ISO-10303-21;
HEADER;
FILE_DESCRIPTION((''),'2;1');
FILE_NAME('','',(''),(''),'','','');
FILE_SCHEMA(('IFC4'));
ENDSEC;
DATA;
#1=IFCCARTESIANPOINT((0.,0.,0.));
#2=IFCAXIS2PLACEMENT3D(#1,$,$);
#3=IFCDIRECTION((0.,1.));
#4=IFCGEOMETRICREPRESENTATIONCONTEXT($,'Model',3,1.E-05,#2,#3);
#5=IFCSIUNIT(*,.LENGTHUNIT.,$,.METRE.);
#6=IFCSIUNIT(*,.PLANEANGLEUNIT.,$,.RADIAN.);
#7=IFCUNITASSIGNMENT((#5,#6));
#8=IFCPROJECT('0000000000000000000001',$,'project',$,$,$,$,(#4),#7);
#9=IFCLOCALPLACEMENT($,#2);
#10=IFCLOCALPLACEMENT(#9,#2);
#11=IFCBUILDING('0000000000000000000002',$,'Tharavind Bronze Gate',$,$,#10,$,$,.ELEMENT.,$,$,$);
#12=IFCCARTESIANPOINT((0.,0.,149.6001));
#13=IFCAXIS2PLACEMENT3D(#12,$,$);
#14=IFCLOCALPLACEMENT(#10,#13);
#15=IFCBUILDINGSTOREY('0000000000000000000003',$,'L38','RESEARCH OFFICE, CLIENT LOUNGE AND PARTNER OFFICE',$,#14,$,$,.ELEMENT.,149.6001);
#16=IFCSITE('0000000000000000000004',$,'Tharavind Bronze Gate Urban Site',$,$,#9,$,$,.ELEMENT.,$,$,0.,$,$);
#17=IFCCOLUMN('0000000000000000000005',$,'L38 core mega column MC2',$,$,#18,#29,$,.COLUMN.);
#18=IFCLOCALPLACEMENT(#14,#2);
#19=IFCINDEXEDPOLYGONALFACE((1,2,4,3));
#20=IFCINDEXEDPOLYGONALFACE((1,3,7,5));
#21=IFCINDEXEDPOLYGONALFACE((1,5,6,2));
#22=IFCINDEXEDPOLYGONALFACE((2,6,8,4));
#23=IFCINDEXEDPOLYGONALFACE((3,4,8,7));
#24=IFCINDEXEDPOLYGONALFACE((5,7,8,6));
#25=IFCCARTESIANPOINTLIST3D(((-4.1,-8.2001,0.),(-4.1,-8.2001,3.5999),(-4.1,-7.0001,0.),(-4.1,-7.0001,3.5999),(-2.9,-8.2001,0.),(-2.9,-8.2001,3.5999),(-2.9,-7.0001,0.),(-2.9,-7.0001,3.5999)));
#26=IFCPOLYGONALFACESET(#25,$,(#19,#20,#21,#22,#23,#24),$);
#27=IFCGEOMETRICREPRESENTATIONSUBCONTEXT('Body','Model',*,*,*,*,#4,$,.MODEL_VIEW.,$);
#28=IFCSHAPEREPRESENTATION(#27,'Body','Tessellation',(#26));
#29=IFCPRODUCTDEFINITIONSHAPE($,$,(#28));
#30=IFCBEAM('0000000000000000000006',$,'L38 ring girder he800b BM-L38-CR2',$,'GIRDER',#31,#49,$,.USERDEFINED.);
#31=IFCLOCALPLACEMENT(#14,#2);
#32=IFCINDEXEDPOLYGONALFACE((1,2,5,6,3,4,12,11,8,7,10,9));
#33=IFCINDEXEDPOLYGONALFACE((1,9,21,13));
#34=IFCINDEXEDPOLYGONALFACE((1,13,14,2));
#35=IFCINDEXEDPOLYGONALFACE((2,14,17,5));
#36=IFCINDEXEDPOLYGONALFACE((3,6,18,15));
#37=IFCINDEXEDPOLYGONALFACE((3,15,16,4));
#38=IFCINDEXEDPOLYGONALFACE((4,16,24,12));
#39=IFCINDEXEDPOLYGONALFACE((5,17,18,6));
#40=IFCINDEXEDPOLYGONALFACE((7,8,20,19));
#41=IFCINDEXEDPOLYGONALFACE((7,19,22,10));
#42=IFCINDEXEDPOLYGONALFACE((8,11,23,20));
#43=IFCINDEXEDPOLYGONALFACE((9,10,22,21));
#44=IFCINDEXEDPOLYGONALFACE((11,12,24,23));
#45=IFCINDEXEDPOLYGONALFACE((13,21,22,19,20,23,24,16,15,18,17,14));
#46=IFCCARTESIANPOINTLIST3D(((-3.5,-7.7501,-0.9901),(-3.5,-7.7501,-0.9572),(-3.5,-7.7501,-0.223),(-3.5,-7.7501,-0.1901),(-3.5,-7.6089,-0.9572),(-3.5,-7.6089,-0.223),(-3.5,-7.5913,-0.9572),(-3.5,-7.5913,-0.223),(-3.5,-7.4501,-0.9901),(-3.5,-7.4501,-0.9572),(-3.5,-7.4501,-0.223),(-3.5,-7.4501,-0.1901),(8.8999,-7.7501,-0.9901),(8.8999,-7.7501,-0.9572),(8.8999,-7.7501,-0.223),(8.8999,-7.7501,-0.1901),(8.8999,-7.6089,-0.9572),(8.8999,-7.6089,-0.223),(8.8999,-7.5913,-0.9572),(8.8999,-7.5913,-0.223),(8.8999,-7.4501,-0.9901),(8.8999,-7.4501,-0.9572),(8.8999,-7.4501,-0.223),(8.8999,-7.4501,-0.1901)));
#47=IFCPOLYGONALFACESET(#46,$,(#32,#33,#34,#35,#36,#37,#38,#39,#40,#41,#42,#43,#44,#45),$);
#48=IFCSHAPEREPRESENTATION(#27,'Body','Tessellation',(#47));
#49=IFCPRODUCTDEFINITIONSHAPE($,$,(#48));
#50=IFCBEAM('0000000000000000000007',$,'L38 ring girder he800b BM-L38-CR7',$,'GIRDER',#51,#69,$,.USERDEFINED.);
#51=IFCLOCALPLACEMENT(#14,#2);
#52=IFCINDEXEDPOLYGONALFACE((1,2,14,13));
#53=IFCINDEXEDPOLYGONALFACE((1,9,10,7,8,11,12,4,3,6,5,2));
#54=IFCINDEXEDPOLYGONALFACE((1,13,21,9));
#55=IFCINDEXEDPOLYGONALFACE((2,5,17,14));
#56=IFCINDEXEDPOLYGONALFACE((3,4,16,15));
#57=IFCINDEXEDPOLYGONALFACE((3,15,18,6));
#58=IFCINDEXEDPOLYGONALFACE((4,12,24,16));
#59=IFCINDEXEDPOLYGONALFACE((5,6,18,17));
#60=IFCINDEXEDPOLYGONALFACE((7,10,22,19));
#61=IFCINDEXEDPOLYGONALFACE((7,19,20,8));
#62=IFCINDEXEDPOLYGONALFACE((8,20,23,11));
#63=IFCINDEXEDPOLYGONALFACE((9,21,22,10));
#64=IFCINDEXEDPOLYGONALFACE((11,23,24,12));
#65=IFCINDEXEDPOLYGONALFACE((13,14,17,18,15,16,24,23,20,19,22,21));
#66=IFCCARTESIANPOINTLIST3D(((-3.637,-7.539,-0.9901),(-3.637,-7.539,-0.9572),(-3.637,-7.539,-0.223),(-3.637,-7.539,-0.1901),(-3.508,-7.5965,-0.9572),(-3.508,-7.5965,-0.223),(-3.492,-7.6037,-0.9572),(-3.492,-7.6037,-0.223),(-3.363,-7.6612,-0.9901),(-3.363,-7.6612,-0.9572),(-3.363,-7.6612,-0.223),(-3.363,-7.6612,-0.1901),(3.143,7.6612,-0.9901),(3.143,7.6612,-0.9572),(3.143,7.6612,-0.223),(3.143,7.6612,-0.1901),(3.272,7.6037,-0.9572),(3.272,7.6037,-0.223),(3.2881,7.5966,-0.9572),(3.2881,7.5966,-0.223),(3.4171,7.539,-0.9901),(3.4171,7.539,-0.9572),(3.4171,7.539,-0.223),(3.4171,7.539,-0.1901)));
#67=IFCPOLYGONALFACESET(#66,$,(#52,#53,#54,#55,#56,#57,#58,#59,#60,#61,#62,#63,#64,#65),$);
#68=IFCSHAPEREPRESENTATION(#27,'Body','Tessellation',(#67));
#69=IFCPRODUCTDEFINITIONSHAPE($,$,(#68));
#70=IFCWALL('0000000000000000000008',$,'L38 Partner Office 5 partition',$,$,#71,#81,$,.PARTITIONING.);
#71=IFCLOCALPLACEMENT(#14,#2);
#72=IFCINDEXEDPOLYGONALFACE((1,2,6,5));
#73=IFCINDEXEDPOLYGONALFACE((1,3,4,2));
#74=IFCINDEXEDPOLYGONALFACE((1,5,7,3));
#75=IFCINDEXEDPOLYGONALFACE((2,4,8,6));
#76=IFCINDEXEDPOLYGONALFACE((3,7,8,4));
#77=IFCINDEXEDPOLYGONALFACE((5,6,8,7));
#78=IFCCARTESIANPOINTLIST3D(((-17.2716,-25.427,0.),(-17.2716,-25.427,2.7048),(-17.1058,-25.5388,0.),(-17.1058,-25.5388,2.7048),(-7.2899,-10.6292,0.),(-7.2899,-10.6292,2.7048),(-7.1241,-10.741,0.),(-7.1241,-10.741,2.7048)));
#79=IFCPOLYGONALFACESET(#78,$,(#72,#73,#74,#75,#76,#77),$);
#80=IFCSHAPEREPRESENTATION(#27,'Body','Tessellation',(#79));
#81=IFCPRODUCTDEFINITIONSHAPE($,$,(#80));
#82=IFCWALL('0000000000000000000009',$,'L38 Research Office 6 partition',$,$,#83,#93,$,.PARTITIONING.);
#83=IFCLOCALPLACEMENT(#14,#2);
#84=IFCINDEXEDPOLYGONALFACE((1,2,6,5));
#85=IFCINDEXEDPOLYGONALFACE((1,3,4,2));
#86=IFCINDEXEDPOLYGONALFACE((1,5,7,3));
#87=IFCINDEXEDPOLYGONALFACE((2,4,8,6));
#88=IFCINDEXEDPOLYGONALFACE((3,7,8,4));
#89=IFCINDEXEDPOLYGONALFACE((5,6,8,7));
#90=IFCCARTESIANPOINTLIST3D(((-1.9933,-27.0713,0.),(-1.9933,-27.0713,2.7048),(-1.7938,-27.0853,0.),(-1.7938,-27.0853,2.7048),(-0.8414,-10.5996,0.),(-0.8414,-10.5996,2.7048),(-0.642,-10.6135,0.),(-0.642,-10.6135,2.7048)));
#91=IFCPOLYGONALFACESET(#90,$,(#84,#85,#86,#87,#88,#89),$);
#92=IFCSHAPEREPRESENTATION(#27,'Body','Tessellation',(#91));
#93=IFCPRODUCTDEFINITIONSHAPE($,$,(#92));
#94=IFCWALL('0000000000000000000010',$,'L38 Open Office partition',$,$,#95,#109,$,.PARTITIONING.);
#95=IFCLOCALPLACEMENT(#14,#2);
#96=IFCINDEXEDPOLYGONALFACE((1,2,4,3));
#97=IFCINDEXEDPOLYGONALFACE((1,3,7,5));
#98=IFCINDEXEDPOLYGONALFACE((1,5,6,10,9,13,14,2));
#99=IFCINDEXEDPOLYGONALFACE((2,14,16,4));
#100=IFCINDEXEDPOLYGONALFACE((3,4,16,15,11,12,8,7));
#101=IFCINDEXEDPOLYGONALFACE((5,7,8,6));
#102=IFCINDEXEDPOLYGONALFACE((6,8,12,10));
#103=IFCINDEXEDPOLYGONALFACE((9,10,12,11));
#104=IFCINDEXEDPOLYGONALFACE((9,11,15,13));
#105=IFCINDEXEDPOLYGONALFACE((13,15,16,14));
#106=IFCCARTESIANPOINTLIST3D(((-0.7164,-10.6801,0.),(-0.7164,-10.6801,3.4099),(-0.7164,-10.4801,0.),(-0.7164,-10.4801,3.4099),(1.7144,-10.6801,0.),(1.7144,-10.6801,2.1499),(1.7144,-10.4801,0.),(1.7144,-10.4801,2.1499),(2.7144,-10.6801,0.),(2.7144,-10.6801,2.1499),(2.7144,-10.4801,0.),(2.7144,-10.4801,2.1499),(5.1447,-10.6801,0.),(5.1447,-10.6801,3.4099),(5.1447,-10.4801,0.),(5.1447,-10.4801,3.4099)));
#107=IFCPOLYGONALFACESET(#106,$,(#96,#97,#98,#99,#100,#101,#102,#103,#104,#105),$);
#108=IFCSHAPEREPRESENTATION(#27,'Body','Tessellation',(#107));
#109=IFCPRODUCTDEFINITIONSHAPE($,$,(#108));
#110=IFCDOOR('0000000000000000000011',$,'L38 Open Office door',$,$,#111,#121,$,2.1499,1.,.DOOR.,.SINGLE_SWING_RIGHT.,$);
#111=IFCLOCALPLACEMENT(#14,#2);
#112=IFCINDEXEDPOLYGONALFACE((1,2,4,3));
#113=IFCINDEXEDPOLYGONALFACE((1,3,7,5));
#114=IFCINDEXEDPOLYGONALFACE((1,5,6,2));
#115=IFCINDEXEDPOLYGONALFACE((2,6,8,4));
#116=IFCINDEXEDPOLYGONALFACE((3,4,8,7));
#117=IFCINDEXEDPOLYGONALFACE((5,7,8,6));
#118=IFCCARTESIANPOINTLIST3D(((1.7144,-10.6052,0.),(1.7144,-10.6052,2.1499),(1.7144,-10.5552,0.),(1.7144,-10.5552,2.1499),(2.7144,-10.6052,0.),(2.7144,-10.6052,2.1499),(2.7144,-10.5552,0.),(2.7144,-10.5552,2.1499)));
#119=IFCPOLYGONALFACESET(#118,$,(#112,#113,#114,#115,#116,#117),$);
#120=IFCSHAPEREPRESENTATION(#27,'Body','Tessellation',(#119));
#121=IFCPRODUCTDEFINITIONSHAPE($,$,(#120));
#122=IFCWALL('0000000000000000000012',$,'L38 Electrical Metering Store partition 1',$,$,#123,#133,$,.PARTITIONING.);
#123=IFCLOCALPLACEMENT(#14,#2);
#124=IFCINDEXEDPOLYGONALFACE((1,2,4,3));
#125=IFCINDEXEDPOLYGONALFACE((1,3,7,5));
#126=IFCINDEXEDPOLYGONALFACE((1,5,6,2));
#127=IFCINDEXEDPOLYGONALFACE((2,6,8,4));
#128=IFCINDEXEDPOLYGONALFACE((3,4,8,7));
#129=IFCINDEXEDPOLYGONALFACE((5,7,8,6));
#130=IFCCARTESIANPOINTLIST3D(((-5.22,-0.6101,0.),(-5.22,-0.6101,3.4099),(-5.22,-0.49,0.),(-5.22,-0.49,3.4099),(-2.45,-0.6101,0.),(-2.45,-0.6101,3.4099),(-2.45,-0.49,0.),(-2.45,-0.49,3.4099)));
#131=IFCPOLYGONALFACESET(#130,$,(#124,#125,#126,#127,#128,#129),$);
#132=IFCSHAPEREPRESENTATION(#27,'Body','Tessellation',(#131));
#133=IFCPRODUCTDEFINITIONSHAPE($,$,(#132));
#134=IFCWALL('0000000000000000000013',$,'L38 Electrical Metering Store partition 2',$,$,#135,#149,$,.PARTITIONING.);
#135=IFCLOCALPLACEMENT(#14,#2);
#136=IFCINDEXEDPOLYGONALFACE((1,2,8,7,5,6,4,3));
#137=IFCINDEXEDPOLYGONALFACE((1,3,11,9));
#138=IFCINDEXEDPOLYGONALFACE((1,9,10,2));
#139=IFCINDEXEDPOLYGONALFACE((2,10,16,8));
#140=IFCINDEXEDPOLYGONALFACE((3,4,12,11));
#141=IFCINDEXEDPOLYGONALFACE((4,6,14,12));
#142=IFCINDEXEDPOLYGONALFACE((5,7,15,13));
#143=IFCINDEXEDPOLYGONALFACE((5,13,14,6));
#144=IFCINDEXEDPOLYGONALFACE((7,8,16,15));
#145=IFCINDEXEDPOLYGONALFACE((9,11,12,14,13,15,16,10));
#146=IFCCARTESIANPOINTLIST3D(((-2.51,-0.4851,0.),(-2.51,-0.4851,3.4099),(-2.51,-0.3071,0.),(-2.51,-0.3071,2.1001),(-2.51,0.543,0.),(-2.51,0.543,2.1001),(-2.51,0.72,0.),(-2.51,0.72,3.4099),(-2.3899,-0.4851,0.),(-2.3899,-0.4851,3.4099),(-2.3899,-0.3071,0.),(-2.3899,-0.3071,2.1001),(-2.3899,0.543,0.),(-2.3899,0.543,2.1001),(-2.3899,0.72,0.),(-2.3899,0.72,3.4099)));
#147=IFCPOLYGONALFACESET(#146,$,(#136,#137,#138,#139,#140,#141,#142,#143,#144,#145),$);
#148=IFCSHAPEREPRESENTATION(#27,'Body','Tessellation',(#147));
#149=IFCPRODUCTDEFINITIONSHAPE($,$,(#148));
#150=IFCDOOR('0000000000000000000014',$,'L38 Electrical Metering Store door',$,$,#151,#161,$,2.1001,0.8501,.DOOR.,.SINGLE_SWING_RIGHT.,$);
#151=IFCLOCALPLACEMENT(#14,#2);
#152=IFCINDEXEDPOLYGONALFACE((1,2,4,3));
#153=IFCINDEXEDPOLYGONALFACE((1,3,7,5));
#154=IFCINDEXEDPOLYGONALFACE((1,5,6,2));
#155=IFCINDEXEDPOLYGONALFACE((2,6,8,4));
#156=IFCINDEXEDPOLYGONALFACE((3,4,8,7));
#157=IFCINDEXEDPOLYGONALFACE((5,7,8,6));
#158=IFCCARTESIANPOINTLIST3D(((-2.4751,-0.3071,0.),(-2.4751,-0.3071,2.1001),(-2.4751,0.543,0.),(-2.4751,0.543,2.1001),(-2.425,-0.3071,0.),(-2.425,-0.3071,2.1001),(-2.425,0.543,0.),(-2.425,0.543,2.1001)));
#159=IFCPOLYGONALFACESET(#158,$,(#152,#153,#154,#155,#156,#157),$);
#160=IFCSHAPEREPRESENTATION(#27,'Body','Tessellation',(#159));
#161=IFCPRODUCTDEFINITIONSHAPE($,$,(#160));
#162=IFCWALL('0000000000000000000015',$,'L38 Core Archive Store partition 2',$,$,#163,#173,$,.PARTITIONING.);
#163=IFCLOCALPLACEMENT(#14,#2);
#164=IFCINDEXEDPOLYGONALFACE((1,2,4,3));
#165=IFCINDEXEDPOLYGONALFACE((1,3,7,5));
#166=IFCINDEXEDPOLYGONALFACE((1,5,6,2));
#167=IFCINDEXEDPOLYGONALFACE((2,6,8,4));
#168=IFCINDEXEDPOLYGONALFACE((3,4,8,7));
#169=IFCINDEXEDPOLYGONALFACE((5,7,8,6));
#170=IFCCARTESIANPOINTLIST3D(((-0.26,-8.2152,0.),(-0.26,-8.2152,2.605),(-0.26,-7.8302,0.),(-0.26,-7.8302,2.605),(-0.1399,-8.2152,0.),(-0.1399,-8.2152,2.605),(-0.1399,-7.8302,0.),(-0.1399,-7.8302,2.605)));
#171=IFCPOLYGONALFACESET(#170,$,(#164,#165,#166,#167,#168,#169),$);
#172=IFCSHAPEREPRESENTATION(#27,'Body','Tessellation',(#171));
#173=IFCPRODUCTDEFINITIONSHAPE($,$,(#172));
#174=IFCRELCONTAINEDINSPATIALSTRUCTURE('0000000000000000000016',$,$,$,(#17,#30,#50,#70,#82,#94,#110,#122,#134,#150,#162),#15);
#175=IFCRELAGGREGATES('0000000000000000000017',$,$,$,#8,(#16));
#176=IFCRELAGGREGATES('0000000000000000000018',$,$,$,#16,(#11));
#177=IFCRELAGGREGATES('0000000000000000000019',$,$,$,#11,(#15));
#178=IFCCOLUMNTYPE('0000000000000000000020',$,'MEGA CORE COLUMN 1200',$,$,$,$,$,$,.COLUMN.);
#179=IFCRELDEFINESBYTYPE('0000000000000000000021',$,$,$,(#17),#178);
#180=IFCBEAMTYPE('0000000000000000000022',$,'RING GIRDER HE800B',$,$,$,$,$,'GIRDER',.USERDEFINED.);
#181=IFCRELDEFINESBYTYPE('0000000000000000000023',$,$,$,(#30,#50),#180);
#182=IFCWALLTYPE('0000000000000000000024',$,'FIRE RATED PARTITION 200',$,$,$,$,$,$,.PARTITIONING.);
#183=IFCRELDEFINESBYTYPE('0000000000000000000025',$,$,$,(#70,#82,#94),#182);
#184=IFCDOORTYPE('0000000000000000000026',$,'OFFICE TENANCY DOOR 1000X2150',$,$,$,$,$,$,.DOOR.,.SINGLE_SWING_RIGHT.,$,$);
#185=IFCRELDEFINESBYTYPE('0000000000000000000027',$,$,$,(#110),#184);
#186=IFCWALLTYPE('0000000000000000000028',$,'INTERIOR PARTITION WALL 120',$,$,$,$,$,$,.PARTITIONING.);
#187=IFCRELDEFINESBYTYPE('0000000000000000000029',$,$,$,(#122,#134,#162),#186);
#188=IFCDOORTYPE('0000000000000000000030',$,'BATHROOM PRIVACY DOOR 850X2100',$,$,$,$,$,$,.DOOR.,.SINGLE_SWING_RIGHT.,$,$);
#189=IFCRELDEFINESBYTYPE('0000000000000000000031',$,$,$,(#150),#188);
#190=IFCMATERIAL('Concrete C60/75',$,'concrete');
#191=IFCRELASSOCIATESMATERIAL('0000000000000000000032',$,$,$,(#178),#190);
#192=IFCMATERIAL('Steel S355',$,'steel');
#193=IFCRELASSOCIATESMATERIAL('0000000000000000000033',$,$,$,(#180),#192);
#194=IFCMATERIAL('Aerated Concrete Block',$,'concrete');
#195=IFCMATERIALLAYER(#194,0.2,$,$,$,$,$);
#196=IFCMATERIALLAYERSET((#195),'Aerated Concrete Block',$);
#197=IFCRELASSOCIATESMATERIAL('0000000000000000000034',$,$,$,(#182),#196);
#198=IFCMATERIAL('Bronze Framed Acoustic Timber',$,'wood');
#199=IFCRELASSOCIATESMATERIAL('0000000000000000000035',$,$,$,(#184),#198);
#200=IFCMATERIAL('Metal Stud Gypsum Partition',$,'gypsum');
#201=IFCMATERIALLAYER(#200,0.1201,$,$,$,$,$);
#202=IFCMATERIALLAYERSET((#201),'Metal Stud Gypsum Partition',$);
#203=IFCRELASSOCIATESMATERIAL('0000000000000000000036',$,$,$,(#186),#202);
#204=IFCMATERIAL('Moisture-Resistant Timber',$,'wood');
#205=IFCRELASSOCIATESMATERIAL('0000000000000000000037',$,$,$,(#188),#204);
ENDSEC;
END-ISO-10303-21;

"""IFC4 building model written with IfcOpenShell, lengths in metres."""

from ifc_helpers import new_model, si_unit, direction, frame, frame_2d, origin, origin_2d, place, context, subcontext, project, spatial, rectangle, i_section, extrude, material, layer, layer_set, material_profile, profile_set, type_object, element, fill, save


model = new_model("IFC4")

# Units and contexts
model_context = context("Model", 3, precision=1e-05, world=origin(), true_north=direction((0.0, 1.0)))
body_context = subcontext(model_context, "Body", "Model", "MODEL_VIEW")
ifc_project = project(units=[si_unit("LENGTHUNIT", "METRE"), si_unit("PLANEANGLEUNIT", "RADIAN")], contexts=[model_context])

# Site, building, storey
site_placement = place(None, origin())
site = spatial("IfcSite", under=ifc_project, at=site_placement, Name="Tharavind Bronze Gate Urban Site", CompositionType="ELEMENT", RefElevation=0.0)
building_placement = place(site_placement, origin())
building = spatial("IfcBuilding", under=site, at=building_placement, Name="Tharavind Bronze Gate", CompositionType="ELEMENT")
storey_placement = place(building_placement, frame((0.0, 0.0, 149.6001)))
storey = spatial("IfcBuildingStorey", under=building, at=storey_placement, Name="L38", Description="RESEARCH OFFICE, CLIENT LOUNGE AND PARTNER OFFICE", CompositionType="ELEMENT", Elevation=149.6001)

# Column
ifc_material_1 = material(Name="Concrete C60/75", Category="concrete")
ifc_material_profile_1 = material_profile(ifc_material_1, rectangle(XDim=1.2, YDim=1.2, at=origin_2d()), Name="RCCOL1200")
ifc_profile_set_1 = profile_set([ifc_material_profile_1], Name="Concrete C60/75")
column_type = type_object("IfcColumnType", Name="MEGA CORE COLUMN 1200", PredefinedType="COLUMN", material=ifc_profile_set_1)
column_placement = place(storey_placement, frame((-3.5, -7.6001, 0.0), z_axis=(0.0, 0.0, 1.0), x_axis=(1.0, 0.0, 0.0)))
element("IfcColumn", 1, at=column_placement, inside=storey, type_object=column_type, Name="L38 core mega column MC2", PredefinedType="COLUMN", context=body_context, shape_type="SweptSolid", body=[
    extrude(rectangle(XDim=1.2, YDim=1.2, at=origin_2d()), origin(), (0.0, 0.0, 1.0), 3.5999),
])

# Beams
ifc_material_2 = material(Name="Steel S355", Category="steel")
ifc_material_profile_2 = material_profile(ifc_material_2, i_section(OverallWidth=0.3, OverallDepth=0.8, WebThickness=0.0176, FlangeThickness=0.033, at=origin_2d()), Name="HE800B")
ifc_profile_set_2 = profile_set([ifc_material_profile_2], Name="Steel S355")
beam_type = type_object("IfcBeamType", Name="RING GIRDER HE800B", ElementType="GIRDER", PredefinedType="USERDEFINED", material=ifc_profile_set_2)
beam_1_placement = place(storey_placement, frame((-3.5, -7.6001, -0.5901), z_axis=(1.0, 0.0, 0.0), x_axis=(0.0, 1.0, 0.0)))
element("IfcBeam", 2, at=beam_1_placement, inside=storey, type_object=beam_type, Name="L38 ring girder he800b BM-L38-CR2", ObjectType="GIRDER", PredefinedType="USERDEFINED", context=body_context, shape_type="SweptSolid", body=[
    extrude(i_section(OverallWidth=0.3, OverallDepth=0.8, WebThickness=0.0176, FlangeThickness=0.033, at=origin_2d()), origin(), (0.0, 0.0, 1.0), 12.3999),
])
beam_2_placement = place(storey_placement, frame((-3.5, -7.6001, -0.5901), z_axis=(0.407362, 0.913267, 0.0), x_axis=(-0.913267, 0.407362, 0.0)))
element("IfcBeam", 3, at=beam_2_placement, inside=storey, type_object=beam_type, Name="L38 ring girder he800b BM-L38-CR7", ObjectType="GIRDER", PredefinedType="USERDEFINED", context=body_context, shape_type="SweptSolid", body=[
    extrude(i_section(OverallWidth=0.3, OverallDepth=0.8, WebThickness=0.0176, FlangeThickness=0.033, at=origin_2d()), origin(), (0.0, 0.0, 1.0), 16.6438),
])

# Wall
ifc_material_3 = material(Name="Aerated Concrete Block", Category="concrete")
ifc_layer_1 = layer(ifc_material_3, 0.2)
ifc_layer_set_1 = layer_set([ifc_layer_1], Name="Aerated Concrete Block")
wall_type_1 = type_object("IfcWallType", Name="FIRE RATED PARTITION 200", PredefinedType="PARTITIONING", material=ifc_layer_set_1)
wall_1_placement = place(storey_placement, frame((-7.207, -10.6851, 0.0), z_axis=(0.0, 0.0, 1.0), x_axis=(-0.559209, -0.829027, 0.0)))
element("IfcWall", 4, at=wall_1_placement, inside=storey, type_object=wall_type_1, Name="L38 Partner Office 5 partition", PredefinedType="PARTITIONING", context=body_context, shape_type="SweptSolid", body=[
    extrude(rectangle(XDim=17.8496, YDim=0.2, at=frame_2d((8.9248, 0.0))), origin(), (0.0, 0.0, 1.0), 2.7048),
])

# Shared definitions
ifc_material_4 = material(Name="Bronze Framed Acoustic Timber", Category="wood")
door_type_1 = type_object("IfcDoorType", Name="OFFICE TENANCY DOOR 1000X2150", OperationType="SINGLE_SWING_RIGHT", PredefinedType="DOOR", material=ifc_material_4)

# Wall
wall_2_placement = place(storey_placement, frame((-0.7417, -10.6067, 0.0), z_axis=(0.0, 0.0, 1.0), x_axis=(-0.069759, -0.997564, 0.0)))
element("IfcWall", 5, at=wall_2_placement, inside=storey, type_object=wall_type_1, Name="L38 Research Office 6 partition", PredefinedType="PARTITIONING", context=body_context, shape_type="SweptSolid", body=[
    extrude(rectangle(XDim=16.512, YDim=0.2, at=frame_2d((8.2559, 0.0))), origin(), (0.0, 0.0, 1.0), 2.7048),
])

# Wall, opening, door
wall_3_placement = place(storey_placement, frame((-0.7166, -10.5801, 0.0), z_axis=(0.0, 0.0, 1.0), x_axis=(1.0, 0.0, 0.0)))
wall_3 = element("IfcWall", 6, at=wall_3_placement, inside=storey, type_object=wall_type_1, Name="L38 Open Office partition", PredefinedType="PARTITIONING", context=body_context, shape_type="SweptSolid", body=[
    extrude(rectangle(XDim=5.8611, YDim=0.2, at=frame_2d((2.9307, 0.0))), origin(), (0.0, 0.0, 1.0), 3.4099),
])
opening_1_placement = place(wall_3_placement, frame((2.4309, 0.0, 0.0)))
opening_1 = element("IfcOpeningElement", 7, at=opening_1_placement, cuts=wall_3, PredefinedType="OPENING", context=body_context, shape_type="SweptSolid", body=[
    extrude(rectangle(XDim=1.0, YDim=2.1499, at=frame_2d((0.5, 1.075))), frame((0.0, 0.1101, 0.0), z_axis=(0.0, -1.0, 0.0), x_axis=(1.0, 0.0, 0.0)), (0.0, 0.0, 1.0), 0.22),
])
door_1_placement = place(opening_1_placement, origin())
door_1 = element("IfcDoor", 8, at=door_1_placement, inside=storey, type_object=door_type_1, Name="L38 Open Office door", OperationType="SINGLE_SWING_RIGHT", OverallHeight=2.1499, OverallWidth=1.0, PredefinedType="DOOR", context=body_context, shape_type="SweptSolid", body=[
    extrude(rectangle(XDim=1.0, YDim=2.1499, at=frame_2d((0.5, 1.075))), frame((0.0, 0.0249, 0.0), z_axis=(0.0, -1.0, 0.0), x_axis=(1.0, 0.0, 0.0)), (0.0, 0.0, 1.0), 0.05),
])
fill(opening_1, door_1)

# Wall
ifc_material_5 = material(Name="Metal Stud Gypsum Partition", Category="gypsum")
ifc_layer_2 = layer(ifc_material_5, 0.1201)
ifc_layer_set_2 = layer_set([ifc_layer_2], Name="Metal Stud Gypsum Partition")
wall_type_2 = type_object("IfcWallType", Name="INTERIOR PARTITION WALL 120", PredefinedType="PARTITIONING", material=ifc_layer_set_2)
wall_4_placement = place(storey_placement, frame((-5.22, -0.55, 0.0), z_axis=(0.0, 0.0, 1.0), x_axis=(1.0, 0.0, 0.0)))
element("IfcWall", 9, at=wall_4_placement, inside=storey, type_object=wall_type_2, Name="L38 Electrical Metering Store partition 1", PredefinedType="PARTITIONING", context=body_context, shape_type="SweptSolid", body=[
    extrude(rectangle(XDim=2.77, YDim=0.1201, at=frame_2d((1.385, 0.0))), origin(), (0.0, 0.0, 1.0), 3.4099),
])

# Wall, opening, door
wall_5_placement = place(storey_placement, frame((-2.45, -0.4851, 0.0), z_axis=(0.0, 0.0, 1.0), x_axis=(0.0, 1.0, 0.0)))
wall_5 = element("IfcWall", 10, at=wall_5_placement, inside=storey, type_object=wall_type_2, Name="L38 Electrical Metering Store partition 2", PredefinedType="PARTITIONING", context=body_context, shape_type="SweptSolid", body=[
    extrude(rectangle(XDim=1.2051, YDim=0.1201, at=frame_2d((0.6025, 0.0))), origin(), (0.0, 0.0, 1.0), 3.4099),
])
opening_2_placement = place(wall_5_placement, frame((0.178, 0.0, 0.0)))
opening_2 = element("IfcOpeningElement", 11, at=opening_2_placement, cuts=wall_5, PredefinedType="OPENING", context=body_context, shape_type="SweptSolid", body=[
    extrude(rectangle(XDim=0.8501, YDim=2.1001, at=frame_2d((0.425, 1.05))), frame((0.0, 0.0701, 0.0), z_axis=(0.0, -1.0, 0.0), x_axis=(1.0, 0.0, 0.0)), (0.0, 0.0, 1.0), 0.1401),
])
ifc_material_6 = material(Name="Moisture-Resistant Timber", Category="wood")
door_type_2 = type_object("IfcDoorType", Name="BATHROOM PRIVACY DOOR 850X2100", OperationType="SINGLE_SWING_RIGHT", PredefinedType="DOOR", material=ifc_material_6)
door_2_placement = place(opening_2_placement, frame((0.8501, 0.0, 0.0), z_axis=(0.0, 0.0, 1.0), x_axis=(-1.0, 0.0, 0.0)))
door_2 = element("IfcDoor", 12, at=door_2_placement, inside=storey, type_object=door_type_2, Name="L38 Electrical Metering Store door", OperationType="SINGLE_SWING_RIGHT", OverallHeight=2.1001, OverallWidth=0.8501, PredefinedType="DOOR", context=body_context, shape_type="SweptSolid", body=[
    extrude(rectangle(XDim=0.8501, YDim=2.1001, at=frame_2d((0.425, 1.05))), frame((0.0, 0.0249, 0.0), z_axis=(0.0, -1.0, 0.0), x_axis=(1.0, 0.0, 0.0)), (0.0, 0.0, 1.0), 0.05),
])
fill(opening_2, door_2)

# Wall
wall_6_placement = place(storey_placement, frame((-0.2, -8.2151, 0.0), z_axis=(0.0, 0.0, 1.0), x_axis=(0.0, 1.0, 0.0)))
element("IfcWall", 13, at=wall_6_placement, inside=storey, type_object=wall_type_2, Name="L38 Core Archive Store partition 2", PredefinedType="PARTITIONING", context=body_context, shape_type="SweptSolid", body=[
    extrude(rectangle(XDim=0.385, YDim=0.1201, at=frame_2d((0.1924, 0.0))), origin(), (0.0, 0.0, 1.0), 2.605),
])

save(model, "model.ifc")
